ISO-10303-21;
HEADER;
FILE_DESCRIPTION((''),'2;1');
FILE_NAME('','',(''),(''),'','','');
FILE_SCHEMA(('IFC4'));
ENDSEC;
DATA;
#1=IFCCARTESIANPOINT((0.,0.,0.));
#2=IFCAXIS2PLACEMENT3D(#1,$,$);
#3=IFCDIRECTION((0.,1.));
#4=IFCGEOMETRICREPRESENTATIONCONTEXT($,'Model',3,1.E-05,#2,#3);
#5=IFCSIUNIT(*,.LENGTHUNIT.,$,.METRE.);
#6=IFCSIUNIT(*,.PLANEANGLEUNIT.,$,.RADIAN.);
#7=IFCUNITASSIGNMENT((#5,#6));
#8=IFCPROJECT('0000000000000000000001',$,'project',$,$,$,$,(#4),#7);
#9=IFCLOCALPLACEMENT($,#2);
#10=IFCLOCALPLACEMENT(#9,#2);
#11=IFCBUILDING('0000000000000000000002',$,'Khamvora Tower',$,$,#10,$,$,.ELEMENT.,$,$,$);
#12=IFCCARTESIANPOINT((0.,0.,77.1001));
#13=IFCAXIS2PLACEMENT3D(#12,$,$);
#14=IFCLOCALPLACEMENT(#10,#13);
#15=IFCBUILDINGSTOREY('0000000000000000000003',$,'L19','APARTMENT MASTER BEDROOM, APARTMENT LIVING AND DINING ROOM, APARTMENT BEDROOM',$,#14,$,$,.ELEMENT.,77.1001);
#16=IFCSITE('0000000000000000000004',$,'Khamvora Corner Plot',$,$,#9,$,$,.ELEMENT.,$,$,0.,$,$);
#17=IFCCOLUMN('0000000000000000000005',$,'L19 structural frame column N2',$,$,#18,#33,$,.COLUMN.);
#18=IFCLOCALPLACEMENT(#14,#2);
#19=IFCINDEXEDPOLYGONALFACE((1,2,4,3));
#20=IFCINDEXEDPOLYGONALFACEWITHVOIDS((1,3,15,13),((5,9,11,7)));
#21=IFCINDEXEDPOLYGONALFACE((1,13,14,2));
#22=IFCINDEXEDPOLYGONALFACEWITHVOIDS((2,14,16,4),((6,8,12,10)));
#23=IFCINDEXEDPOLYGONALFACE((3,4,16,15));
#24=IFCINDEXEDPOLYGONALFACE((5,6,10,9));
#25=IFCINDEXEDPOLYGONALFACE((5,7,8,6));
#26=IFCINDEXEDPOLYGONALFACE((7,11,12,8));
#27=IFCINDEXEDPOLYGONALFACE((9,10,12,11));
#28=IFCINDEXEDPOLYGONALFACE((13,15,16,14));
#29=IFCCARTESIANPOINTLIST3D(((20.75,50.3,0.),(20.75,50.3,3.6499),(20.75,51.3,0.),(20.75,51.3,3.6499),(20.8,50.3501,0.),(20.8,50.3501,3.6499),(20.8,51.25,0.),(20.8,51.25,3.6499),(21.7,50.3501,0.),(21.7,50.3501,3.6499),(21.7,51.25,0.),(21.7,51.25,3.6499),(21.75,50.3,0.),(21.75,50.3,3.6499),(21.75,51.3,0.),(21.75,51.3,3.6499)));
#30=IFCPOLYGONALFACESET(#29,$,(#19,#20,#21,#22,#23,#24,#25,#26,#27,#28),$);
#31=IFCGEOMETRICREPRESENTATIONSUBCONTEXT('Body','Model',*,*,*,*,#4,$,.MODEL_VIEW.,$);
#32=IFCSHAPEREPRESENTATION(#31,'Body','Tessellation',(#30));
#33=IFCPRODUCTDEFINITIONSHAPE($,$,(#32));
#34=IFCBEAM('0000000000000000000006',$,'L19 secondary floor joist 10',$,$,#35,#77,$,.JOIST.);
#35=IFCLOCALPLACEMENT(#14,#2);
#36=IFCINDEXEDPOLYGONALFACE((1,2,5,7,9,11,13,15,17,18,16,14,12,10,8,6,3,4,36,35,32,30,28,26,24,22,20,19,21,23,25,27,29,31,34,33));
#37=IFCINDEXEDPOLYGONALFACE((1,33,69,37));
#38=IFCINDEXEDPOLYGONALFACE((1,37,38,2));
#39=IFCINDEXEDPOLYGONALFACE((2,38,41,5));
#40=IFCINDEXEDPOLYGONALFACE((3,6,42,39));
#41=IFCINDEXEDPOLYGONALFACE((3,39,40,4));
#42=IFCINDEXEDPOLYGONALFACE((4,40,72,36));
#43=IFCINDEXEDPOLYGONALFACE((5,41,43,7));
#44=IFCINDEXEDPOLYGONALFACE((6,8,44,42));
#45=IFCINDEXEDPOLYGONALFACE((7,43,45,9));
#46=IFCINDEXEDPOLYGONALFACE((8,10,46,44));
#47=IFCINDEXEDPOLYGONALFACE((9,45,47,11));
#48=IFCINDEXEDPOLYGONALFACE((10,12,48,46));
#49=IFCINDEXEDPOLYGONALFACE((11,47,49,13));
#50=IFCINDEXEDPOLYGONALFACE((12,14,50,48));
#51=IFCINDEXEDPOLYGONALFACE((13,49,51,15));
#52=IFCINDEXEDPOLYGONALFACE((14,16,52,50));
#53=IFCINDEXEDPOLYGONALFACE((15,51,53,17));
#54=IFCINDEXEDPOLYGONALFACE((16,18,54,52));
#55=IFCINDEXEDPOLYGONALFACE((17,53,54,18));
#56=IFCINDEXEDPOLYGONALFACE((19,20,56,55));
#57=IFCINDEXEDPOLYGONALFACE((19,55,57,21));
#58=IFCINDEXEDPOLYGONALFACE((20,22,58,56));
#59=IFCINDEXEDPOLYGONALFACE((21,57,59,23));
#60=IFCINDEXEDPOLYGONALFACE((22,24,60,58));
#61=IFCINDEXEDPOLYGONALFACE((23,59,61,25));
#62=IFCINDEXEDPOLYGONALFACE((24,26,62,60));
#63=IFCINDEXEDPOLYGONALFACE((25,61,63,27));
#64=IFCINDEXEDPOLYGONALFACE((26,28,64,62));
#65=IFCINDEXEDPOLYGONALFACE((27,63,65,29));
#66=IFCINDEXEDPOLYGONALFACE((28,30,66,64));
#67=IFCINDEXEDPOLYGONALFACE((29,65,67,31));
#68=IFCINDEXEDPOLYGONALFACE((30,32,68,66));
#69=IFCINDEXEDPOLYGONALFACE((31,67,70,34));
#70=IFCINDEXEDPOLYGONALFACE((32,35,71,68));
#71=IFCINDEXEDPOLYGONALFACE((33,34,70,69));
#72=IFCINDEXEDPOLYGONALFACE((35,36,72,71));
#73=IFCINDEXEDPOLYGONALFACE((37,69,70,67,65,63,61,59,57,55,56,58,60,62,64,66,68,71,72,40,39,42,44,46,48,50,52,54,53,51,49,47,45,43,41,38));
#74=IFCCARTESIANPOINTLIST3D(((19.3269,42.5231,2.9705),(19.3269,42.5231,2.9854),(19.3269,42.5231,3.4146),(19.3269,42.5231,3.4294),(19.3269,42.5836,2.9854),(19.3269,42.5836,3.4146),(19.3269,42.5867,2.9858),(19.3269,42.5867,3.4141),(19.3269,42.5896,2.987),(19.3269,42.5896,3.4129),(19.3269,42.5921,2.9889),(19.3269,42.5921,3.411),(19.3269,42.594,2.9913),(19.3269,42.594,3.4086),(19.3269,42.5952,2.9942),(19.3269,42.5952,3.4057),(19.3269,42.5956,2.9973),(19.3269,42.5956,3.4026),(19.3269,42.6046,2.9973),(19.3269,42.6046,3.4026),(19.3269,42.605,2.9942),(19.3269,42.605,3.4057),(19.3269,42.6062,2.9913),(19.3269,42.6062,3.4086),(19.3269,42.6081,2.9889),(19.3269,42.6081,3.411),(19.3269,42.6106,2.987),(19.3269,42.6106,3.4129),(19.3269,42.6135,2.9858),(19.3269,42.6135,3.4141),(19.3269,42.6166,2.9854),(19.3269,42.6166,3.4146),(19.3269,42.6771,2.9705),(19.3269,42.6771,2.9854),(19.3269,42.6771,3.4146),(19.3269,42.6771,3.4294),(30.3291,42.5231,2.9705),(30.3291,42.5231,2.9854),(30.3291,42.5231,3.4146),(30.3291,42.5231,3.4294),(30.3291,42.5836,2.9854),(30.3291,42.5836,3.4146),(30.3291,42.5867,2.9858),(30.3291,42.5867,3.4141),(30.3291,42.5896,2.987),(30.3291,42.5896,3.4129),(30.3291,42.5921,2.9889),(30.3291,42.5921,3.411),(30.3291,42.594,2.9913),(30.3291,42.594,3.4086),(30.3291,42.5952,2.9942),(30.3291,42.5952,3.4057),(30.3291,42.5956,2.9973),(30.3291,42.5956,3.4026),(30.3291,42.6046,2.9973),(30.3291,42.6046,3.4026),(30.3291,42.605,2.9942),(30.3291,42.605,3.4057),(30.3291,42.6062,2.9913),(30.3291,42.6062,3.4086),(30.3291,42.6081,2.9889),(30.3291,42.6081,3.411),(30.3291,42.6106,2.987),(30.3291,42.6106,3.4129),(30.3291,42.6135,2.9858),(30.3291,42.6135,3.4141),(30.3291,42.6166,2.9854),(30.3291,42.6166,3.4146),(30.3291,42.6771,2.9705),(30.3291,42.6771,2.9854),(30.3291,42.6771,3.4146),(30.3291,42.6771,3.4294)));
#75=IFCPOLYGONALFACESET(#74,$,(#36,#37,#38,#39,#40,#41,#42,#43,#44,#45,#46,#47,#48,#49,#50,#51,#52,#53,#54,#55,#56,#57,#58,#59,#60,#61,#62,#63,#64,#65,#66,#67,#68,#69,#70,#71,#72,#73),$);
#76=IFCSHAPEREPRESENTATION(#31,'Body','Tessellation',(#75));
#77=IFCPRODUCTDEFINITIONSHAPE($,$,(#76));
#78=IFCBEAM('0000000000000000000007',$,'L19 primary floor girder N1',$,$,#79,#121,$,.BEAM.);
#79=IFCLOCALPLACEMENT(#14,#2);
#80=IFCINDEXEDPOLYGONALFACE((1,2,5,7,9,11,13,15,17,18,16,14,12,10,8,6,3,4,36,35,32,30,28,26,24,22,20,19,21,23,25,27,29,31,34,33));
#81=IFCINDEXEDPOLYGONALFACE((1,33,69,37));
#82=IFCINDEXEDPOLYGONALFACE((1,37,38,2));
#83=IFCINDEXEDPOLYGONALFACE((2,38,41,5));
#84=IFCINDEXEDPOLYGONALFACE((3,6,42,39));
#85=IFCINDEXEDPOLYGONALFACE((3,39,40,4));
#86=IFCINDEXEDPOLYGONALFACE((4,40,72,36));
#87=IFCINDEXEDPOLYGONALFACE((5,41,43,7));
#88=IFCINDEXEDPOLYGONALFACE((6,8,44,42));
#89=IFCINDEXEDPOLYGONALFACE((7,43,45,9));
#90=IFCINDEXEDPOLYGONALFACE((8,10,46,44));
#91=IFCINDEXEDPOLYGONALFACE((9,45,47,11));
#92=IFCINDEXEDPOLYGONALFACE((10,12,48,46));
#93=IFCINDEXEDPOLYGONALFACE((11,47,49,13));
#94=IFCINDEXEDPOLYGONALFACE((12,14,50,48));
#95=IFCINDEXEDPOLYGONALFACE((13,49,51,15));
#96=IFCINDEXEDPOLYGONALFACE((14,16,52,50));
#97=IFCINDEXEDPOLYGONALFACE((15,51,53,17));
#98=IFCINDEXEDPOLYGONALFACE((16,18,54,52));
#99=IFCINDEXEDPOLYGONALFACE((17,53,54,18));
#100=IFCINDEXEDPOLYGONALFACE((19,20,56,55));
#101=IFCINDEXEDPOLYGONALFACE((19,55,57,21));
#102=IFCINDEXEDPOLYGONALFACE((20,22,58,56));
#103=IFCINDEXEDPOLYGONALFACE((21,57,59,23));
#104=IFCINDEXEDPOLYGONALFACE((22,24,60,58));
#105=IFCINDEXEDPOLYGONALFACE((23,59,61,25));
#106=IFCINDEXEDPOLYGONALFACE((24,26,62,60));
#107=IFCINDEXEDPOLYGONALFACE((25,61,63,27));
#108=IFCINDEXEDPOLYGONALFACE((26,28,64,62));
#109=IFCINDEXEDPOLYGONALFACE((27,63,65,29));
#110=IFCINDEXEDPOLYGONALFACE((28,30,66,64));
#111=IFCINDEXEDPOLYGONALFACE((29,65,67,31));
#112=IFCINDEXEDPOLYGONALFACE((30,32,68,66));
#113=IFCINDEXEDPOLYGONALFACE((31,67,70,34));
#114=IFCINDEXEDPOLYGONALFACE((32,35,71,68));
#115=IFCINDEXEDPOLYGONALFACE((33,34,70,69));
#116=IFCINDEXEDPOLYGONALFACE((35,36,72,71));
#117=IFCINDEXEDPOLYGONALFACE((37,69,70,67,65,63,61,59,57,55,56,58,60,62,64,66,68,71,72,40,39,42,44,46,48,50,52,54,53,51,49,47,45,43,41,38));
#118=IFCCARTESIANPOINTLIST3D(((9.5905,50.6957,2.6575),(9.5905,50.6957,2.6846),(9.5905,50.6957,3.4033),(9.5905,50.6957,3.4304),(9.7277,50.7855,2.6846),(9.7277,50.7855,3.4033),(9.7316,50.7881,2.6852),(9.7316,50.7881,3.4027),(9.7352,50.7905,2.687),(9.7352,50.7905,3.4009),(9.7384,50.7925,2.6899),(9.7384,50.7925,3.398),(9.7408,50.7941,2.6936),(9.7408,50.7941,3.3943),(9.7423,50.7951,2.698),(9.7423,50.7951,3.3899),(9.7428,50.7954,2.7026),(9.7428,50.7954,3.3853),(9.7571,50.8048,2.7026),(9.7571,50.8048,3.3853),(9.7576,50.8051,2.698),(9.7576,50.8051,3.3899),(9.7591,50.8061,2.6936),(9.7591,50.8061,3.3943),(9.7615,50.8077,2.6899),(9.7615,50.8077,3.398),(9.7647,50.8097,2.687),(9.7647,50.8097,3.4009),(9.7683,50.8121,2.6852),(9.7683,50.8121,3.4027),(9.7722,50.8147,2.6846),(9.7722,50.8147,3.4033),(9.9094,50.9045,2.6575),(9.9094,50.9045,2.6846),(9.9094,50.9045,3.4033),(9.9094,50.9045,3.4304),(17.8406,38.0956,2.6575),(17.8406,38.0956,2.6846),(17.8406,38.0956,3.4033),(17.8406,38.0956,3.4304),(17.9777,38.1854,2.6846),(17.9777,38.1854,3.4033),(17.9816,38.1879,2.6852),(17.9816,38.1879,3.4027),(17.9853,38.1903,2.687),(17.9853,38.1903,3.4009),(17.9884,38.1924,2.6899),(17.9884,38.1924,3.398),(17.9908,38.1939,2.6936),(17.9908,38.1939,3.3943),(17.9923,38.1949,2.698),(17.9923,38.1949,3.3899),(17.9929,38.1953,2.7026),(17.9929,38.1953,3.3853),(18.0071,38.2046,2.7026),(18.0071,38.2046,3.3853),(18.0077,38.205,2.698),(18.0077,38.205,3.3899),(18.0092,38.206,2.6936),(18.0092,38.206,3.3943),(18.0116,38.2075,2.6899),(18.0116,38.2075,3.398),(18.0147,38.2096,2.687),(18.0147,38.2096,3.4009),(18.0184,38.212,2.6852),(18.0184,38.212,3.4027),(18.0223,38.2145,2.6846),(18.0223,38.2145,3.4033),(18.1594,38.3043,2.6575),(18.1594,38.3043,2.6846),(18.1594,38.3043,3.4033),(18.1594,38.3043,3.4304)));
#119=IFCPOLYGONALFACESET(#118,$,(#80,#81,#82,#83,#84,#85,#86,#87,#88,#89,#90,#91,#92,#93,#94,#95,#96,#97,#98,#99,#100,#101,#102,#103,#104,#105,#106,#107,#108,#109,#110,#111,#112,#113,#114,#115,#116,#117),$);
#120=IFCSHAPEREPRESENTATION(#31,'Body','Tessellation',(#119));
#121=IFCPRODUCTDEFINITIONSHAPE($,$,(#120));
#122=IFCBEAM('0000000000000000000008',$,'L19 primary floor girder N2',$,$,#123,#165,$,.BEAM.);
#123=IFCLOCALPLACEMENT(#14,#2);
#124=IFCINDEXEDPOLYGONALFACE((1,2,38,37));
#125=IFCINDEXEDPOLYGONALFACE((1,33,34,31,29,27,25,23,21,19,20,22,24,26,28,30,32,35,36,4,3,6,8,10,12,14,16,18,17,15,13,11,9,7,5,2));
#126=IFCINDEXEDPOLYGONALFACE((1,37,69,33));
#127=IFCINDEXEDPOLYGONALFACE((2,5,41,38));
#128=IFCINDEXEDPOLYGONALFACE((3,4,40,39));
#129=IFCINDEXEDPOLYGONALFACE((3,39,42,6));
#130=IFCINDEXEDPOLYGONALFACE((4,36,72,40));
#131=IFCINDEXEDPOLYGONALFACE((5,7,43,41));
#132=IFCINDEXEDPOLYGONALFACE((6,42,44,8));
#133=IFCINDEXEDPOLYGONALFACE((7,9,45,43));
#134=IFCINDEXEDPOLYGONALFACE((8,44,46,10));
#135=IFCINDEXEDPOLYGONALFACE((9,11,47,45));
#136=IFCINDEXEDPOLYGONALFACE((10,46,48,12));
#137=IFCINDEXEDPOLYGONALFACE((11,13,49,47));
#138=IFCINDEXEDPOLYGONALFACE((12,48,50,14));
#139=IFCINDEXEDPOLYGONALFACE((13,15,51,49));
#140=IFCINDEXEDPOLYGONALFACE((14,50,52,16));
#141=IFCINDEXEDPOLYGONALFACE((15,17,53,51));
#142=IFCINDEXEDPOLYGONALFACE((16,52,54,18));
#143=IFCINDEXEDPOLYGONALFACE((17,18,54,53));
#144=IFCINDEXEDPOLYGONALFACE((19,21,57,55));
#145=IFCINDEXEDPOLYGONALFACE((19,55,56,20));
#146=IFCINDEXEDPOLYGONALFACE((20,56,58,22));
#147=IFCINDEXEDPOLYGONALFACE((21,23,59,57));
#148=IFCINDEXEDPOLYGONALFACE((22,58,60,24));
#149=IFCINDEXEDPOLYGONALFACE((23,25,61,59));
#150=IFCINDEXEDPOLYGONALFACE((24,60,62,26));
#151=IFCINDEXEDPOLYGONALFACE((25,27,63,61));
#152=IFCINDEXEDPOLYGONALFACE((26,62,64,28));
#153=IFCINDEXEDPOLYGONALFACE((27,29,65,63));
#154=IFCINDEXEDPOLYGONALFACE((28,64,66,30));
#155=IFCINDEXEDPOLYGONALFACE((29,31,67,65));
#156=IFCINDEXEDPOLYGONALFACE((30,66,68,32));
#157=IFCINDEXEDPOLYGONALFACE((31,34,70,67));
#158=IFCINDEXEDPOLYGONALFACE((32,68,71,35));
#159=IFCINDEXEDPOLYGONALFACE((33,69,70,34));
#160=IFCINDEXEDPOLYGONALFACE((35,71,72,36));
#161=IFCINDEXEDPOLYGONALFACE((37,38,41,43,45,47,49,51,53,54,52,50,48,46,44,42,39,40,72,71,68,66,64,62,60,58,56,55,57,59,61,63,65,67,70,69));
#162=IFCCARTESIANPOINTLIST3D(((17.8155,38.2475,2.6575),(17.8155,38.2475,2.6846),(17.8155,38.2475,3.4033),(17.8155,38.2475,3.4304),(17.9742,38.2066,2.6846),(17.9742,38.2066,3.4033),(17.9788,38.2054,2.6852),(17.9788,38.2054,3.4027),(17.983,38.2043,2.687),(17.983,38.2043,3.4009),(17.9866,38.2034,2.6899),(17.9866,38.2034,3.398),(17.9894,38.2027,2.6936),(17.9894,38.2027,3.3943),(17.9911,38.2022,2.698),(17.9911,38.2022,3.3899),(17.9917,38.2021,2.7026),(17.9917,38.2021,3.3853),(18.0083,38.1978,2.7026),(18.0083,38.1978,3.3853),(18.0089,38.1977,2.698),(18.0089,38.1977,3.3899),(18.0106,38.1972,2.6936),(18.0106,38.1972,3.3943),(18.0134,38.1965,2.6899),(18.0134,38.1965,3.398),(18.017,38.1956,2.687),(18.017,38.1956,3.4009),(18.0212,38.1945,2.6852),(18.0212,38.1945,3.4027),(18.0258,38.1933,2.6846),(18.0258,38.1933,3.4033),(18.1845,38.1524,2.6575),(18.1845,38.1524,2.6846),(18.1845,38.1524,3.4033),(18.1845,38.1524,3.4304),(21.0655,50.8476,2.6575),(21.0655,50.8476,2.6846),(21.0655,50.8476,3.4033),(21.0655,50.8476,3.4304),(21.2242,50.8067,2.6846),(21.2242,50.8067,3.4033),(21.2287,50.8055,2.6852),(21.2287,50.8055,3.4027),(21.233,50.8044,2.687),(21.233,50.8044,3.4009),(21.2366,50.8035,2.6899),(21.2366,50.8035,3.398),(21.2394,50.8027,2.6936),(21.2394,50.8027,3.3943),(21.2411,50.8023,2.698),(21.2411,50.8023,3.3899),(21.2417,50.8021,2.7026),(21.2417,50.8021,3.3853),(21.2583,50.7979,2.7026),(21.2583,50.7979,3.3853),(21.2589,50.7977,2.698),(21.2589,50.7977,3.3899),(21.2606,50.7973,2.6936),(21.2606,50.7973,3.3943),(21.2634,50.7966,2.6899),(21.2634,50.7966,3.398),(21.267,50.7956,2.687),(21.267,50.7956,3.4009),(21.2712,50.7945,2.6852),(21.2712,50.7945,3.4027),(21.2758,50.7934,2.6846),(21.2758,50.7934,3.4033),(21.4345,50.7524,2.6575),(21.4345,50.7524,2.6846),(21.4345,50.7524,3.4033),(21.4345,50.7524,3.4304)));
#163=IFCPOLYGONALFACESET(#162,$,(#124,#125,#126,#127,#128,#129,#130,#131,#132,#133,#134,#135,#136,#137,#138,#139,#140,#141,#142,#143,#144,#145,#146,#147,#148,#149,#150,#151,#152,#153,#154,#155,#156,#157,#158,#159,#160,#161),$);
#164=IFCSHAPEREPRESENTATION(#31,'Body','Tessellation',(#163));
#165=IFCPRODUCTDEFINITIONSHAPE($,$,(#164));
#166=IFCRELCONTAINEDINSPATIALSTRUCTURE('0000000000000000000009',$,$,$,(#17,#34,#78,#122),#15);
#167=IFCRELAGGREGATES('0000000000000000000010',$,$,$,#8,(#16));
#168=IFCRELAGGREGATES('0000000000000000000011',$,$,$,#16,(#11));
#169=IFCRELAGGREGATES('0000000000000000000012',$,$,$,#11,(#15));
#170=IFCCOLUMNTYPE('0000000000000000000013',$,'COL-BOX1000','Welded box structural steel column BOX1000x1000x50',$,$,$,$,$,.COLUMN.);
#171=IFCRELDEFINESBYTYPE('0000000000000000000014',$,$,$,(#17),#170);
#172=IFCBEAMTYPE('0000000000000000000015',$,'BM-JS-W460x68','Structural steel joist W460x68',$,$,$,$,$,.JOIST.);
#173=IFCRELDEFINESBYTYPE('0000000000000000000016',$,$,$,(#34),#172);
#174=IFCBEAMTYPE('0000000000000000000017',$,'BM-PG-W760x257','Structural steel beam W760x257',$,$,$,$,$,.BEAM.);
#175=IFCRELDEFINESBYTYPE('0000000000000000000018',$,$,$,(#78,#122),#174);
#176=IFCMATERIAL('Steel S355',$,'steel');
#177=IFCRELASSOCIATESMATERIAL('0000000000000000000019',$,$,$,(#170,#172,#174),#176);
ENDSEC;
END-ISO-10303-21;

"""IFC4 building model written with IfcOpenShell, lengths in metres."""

from ifc_helpers import new_model, si_unit, direction, frame, origin, origin_2d, place, context, subcontext, project, spatial, hollow_rectangle, i_section, extrude, material, material_profile, profile_set, type_object, element, save


model = new_model("IFC4")

# Units and contexts
model_context = context("Model", 3, precision=1e-05, world=origin(), true_north=direction((0.0, 1.0)))
body_context = subcontext(model_context, "Body", "Model", "MODEL_VIEW")
ifc_project = project(units=[si_unit("LENGTHUNIT", "METRE"), si_unit("PLANEANGLEUNIT", "RADIAN")], contexts=[model_context])

# Site, building, storey
site_placement = place(None, origin())
site = spatial("IfcSite", under=ifc_project, at=site_placement, Name="Khamvora Corner Plot", CompositionType="ELEMENT", RefElevation=0.0)
building_placement = place(site_placement, origin())
building = spatial("IfcBuilding", under=site, at=building_placement, Name="Khamvora Tower", CompositionType="ELEMENT")
storey_placement = place(building_placement, frame((0.0, 0.0, 77.1001)))
storey = spatial("IfcBuildingStorey", under=building, at=storey_placement, Name="L19", Description="APARTMENT MASTER BEDROOM, APARTMENT LIVING AND DINING ROOM, APARTMENT BEDROOM", CompositionType="ELEMENT", Elevation=77.1001)

# Column
ifc_material_1 = material(Name="Steel S355", Category="steel")
ifc_material_profile_1 = material_profile(ifc_material_1, hollow_rectangle(XDim=1.0, YDim=1.0, WallThickness=0.05, at=origin_2d()), Name="BOX1000x1000x50")
ifc_profile_set_1 = profile_set([ifc_material_profile_1], Name="Steel S355")
column_type = type_object("IfcColumnType", Name="COL-BOX1000", Description="Welded box structural steel column BOX1000x1000x50", PredefinedType="COLUMN", material=ifc_profile_set_1)
column_placement = place(storey_placement, frame((21.25, 50.8, 0.0), z_axis=(0.0, 0.0, 1.0), x_axis=(1.0, 0.0, 0.0)))
element("IfcColumn", 1, at=column_placement, inside=storey, type_object=column_type, Name="L19 structural frame column N2", PredefinedType="COLUMN", context=body_context, shape_type="SweptSolid", body=[
    extrude(hollow_rectangle(XDim=1.0, YDim=1.0, WallThickness=0.05, at=origin_2d()), origin(), (0.0, 0.0, 1.0), 3.6499),
])

# Beams
ifc_material_profile_2 = material_profile(ifc_material_1, i_section(OverallWidth=0.1541, OverallDepth=0.459, WebThickness=0.009, FlangeThickness=0.0149, FilletRadius=0.012, at=origin_2d()), Name="W460x68")
ifc_profile_set_2 = profile_set([ifc_material_profile_2], Name="Steel S355")
beam_type_1 = type_object("IfcBeamType", Name="BM-JS-W460x68", Description="Structural steel joist W460x68", PredefinedType="JOIST", material=ifc_profile_set_2)
beam_1_placement = place(storey_placement, frame((19.3269, 42.6001, 3.2), z_axis=(1.0, 0.0, 0.0), x_axis=(0.0, 1.0, 0.0)))
element("IfcBeam", 2, at=beam_1_placement, inside=storey, type_object=beam_type_1, Name="L19 secondary floor joist 10", PredefinedType="JOIST", context=body_context, shape_type="SweptSolid", body=[
    extrude(i_section(OverallWidth=0.1541, OverallDepth=0.459, WebThickness=0.009, FlangeThickness=0.0149, FilletRadius=0.012, at=origin_2d()), origin(), (0.0, 0.0, 1.0), 11.0022),
])
ifc_material_profile_3 = material_profile(ifc_material_1, i_section(OverallWidth=0.3811, OverallDepth=0.7729, WebThickness=0.0171, FlangeThickness=0.0271, FilletRadius=0.0181, at=origin_2d()), Name="W760x257")
ifc_profile_set_3 = profile_set([ifc_material_profile_3], Name="Steel S355")
beam_type_2 = type_object("IfcBeamType", Name="BM-PG-W760x257", Description="Structural steel beam W760x257", PredefinedType="BEAM", material=ifc_profile_set_3)
beam_2_placement = place(storey_placement, frame((18.0, 38.2, 3.0439), z_axis=(-0.547783, 0.83662, 0.0), x_axis=(-0.83662, -0.547783, 0.0)))
element("IfcBeam", 3, at=beam_2_placement, inside=storey, type_object=beam_type_2, Name="L19 primary floor girder N1", PredefinedType="BEAM", context=body_context, shape_type="SweptSolid", body=[
    extrude(i_section(OverallWidth=0.3811, OverallDepth=0.7729, WebThickness=0.0171, FlangeThickness=0.0271, FilletRadius=0.0181, at=origin_2d()), origin(), (0.0, 0.0, 1.0), 15.0608),
])
beam_3_placement = place(storey_placement, frame((18.0, 38.2, 3.0439), z_axis=(0.24976, 0.968308, 0.0), x_axis=(-0.968308, 0.24976, 0.0)))
element("IfcBeam", 4, at=beam_3_placement, inside=storey, type_object=beam_type_2, Name="L19 primary floor girder N2", PredefinedType="BEAM", context=body_context, shape_type="SweptSolid", body=[
    extrude(i_section(OverallWidth=0.3811, OverallDepth=0.7729, WebThickness=0.0171, FlangeThickness=0.0271, FilletRadius=0.0181, at=origin_2d()), origin(), (0.0, 0.0, 1.0), 13.0125),
])

save(model, "model.ifc")
